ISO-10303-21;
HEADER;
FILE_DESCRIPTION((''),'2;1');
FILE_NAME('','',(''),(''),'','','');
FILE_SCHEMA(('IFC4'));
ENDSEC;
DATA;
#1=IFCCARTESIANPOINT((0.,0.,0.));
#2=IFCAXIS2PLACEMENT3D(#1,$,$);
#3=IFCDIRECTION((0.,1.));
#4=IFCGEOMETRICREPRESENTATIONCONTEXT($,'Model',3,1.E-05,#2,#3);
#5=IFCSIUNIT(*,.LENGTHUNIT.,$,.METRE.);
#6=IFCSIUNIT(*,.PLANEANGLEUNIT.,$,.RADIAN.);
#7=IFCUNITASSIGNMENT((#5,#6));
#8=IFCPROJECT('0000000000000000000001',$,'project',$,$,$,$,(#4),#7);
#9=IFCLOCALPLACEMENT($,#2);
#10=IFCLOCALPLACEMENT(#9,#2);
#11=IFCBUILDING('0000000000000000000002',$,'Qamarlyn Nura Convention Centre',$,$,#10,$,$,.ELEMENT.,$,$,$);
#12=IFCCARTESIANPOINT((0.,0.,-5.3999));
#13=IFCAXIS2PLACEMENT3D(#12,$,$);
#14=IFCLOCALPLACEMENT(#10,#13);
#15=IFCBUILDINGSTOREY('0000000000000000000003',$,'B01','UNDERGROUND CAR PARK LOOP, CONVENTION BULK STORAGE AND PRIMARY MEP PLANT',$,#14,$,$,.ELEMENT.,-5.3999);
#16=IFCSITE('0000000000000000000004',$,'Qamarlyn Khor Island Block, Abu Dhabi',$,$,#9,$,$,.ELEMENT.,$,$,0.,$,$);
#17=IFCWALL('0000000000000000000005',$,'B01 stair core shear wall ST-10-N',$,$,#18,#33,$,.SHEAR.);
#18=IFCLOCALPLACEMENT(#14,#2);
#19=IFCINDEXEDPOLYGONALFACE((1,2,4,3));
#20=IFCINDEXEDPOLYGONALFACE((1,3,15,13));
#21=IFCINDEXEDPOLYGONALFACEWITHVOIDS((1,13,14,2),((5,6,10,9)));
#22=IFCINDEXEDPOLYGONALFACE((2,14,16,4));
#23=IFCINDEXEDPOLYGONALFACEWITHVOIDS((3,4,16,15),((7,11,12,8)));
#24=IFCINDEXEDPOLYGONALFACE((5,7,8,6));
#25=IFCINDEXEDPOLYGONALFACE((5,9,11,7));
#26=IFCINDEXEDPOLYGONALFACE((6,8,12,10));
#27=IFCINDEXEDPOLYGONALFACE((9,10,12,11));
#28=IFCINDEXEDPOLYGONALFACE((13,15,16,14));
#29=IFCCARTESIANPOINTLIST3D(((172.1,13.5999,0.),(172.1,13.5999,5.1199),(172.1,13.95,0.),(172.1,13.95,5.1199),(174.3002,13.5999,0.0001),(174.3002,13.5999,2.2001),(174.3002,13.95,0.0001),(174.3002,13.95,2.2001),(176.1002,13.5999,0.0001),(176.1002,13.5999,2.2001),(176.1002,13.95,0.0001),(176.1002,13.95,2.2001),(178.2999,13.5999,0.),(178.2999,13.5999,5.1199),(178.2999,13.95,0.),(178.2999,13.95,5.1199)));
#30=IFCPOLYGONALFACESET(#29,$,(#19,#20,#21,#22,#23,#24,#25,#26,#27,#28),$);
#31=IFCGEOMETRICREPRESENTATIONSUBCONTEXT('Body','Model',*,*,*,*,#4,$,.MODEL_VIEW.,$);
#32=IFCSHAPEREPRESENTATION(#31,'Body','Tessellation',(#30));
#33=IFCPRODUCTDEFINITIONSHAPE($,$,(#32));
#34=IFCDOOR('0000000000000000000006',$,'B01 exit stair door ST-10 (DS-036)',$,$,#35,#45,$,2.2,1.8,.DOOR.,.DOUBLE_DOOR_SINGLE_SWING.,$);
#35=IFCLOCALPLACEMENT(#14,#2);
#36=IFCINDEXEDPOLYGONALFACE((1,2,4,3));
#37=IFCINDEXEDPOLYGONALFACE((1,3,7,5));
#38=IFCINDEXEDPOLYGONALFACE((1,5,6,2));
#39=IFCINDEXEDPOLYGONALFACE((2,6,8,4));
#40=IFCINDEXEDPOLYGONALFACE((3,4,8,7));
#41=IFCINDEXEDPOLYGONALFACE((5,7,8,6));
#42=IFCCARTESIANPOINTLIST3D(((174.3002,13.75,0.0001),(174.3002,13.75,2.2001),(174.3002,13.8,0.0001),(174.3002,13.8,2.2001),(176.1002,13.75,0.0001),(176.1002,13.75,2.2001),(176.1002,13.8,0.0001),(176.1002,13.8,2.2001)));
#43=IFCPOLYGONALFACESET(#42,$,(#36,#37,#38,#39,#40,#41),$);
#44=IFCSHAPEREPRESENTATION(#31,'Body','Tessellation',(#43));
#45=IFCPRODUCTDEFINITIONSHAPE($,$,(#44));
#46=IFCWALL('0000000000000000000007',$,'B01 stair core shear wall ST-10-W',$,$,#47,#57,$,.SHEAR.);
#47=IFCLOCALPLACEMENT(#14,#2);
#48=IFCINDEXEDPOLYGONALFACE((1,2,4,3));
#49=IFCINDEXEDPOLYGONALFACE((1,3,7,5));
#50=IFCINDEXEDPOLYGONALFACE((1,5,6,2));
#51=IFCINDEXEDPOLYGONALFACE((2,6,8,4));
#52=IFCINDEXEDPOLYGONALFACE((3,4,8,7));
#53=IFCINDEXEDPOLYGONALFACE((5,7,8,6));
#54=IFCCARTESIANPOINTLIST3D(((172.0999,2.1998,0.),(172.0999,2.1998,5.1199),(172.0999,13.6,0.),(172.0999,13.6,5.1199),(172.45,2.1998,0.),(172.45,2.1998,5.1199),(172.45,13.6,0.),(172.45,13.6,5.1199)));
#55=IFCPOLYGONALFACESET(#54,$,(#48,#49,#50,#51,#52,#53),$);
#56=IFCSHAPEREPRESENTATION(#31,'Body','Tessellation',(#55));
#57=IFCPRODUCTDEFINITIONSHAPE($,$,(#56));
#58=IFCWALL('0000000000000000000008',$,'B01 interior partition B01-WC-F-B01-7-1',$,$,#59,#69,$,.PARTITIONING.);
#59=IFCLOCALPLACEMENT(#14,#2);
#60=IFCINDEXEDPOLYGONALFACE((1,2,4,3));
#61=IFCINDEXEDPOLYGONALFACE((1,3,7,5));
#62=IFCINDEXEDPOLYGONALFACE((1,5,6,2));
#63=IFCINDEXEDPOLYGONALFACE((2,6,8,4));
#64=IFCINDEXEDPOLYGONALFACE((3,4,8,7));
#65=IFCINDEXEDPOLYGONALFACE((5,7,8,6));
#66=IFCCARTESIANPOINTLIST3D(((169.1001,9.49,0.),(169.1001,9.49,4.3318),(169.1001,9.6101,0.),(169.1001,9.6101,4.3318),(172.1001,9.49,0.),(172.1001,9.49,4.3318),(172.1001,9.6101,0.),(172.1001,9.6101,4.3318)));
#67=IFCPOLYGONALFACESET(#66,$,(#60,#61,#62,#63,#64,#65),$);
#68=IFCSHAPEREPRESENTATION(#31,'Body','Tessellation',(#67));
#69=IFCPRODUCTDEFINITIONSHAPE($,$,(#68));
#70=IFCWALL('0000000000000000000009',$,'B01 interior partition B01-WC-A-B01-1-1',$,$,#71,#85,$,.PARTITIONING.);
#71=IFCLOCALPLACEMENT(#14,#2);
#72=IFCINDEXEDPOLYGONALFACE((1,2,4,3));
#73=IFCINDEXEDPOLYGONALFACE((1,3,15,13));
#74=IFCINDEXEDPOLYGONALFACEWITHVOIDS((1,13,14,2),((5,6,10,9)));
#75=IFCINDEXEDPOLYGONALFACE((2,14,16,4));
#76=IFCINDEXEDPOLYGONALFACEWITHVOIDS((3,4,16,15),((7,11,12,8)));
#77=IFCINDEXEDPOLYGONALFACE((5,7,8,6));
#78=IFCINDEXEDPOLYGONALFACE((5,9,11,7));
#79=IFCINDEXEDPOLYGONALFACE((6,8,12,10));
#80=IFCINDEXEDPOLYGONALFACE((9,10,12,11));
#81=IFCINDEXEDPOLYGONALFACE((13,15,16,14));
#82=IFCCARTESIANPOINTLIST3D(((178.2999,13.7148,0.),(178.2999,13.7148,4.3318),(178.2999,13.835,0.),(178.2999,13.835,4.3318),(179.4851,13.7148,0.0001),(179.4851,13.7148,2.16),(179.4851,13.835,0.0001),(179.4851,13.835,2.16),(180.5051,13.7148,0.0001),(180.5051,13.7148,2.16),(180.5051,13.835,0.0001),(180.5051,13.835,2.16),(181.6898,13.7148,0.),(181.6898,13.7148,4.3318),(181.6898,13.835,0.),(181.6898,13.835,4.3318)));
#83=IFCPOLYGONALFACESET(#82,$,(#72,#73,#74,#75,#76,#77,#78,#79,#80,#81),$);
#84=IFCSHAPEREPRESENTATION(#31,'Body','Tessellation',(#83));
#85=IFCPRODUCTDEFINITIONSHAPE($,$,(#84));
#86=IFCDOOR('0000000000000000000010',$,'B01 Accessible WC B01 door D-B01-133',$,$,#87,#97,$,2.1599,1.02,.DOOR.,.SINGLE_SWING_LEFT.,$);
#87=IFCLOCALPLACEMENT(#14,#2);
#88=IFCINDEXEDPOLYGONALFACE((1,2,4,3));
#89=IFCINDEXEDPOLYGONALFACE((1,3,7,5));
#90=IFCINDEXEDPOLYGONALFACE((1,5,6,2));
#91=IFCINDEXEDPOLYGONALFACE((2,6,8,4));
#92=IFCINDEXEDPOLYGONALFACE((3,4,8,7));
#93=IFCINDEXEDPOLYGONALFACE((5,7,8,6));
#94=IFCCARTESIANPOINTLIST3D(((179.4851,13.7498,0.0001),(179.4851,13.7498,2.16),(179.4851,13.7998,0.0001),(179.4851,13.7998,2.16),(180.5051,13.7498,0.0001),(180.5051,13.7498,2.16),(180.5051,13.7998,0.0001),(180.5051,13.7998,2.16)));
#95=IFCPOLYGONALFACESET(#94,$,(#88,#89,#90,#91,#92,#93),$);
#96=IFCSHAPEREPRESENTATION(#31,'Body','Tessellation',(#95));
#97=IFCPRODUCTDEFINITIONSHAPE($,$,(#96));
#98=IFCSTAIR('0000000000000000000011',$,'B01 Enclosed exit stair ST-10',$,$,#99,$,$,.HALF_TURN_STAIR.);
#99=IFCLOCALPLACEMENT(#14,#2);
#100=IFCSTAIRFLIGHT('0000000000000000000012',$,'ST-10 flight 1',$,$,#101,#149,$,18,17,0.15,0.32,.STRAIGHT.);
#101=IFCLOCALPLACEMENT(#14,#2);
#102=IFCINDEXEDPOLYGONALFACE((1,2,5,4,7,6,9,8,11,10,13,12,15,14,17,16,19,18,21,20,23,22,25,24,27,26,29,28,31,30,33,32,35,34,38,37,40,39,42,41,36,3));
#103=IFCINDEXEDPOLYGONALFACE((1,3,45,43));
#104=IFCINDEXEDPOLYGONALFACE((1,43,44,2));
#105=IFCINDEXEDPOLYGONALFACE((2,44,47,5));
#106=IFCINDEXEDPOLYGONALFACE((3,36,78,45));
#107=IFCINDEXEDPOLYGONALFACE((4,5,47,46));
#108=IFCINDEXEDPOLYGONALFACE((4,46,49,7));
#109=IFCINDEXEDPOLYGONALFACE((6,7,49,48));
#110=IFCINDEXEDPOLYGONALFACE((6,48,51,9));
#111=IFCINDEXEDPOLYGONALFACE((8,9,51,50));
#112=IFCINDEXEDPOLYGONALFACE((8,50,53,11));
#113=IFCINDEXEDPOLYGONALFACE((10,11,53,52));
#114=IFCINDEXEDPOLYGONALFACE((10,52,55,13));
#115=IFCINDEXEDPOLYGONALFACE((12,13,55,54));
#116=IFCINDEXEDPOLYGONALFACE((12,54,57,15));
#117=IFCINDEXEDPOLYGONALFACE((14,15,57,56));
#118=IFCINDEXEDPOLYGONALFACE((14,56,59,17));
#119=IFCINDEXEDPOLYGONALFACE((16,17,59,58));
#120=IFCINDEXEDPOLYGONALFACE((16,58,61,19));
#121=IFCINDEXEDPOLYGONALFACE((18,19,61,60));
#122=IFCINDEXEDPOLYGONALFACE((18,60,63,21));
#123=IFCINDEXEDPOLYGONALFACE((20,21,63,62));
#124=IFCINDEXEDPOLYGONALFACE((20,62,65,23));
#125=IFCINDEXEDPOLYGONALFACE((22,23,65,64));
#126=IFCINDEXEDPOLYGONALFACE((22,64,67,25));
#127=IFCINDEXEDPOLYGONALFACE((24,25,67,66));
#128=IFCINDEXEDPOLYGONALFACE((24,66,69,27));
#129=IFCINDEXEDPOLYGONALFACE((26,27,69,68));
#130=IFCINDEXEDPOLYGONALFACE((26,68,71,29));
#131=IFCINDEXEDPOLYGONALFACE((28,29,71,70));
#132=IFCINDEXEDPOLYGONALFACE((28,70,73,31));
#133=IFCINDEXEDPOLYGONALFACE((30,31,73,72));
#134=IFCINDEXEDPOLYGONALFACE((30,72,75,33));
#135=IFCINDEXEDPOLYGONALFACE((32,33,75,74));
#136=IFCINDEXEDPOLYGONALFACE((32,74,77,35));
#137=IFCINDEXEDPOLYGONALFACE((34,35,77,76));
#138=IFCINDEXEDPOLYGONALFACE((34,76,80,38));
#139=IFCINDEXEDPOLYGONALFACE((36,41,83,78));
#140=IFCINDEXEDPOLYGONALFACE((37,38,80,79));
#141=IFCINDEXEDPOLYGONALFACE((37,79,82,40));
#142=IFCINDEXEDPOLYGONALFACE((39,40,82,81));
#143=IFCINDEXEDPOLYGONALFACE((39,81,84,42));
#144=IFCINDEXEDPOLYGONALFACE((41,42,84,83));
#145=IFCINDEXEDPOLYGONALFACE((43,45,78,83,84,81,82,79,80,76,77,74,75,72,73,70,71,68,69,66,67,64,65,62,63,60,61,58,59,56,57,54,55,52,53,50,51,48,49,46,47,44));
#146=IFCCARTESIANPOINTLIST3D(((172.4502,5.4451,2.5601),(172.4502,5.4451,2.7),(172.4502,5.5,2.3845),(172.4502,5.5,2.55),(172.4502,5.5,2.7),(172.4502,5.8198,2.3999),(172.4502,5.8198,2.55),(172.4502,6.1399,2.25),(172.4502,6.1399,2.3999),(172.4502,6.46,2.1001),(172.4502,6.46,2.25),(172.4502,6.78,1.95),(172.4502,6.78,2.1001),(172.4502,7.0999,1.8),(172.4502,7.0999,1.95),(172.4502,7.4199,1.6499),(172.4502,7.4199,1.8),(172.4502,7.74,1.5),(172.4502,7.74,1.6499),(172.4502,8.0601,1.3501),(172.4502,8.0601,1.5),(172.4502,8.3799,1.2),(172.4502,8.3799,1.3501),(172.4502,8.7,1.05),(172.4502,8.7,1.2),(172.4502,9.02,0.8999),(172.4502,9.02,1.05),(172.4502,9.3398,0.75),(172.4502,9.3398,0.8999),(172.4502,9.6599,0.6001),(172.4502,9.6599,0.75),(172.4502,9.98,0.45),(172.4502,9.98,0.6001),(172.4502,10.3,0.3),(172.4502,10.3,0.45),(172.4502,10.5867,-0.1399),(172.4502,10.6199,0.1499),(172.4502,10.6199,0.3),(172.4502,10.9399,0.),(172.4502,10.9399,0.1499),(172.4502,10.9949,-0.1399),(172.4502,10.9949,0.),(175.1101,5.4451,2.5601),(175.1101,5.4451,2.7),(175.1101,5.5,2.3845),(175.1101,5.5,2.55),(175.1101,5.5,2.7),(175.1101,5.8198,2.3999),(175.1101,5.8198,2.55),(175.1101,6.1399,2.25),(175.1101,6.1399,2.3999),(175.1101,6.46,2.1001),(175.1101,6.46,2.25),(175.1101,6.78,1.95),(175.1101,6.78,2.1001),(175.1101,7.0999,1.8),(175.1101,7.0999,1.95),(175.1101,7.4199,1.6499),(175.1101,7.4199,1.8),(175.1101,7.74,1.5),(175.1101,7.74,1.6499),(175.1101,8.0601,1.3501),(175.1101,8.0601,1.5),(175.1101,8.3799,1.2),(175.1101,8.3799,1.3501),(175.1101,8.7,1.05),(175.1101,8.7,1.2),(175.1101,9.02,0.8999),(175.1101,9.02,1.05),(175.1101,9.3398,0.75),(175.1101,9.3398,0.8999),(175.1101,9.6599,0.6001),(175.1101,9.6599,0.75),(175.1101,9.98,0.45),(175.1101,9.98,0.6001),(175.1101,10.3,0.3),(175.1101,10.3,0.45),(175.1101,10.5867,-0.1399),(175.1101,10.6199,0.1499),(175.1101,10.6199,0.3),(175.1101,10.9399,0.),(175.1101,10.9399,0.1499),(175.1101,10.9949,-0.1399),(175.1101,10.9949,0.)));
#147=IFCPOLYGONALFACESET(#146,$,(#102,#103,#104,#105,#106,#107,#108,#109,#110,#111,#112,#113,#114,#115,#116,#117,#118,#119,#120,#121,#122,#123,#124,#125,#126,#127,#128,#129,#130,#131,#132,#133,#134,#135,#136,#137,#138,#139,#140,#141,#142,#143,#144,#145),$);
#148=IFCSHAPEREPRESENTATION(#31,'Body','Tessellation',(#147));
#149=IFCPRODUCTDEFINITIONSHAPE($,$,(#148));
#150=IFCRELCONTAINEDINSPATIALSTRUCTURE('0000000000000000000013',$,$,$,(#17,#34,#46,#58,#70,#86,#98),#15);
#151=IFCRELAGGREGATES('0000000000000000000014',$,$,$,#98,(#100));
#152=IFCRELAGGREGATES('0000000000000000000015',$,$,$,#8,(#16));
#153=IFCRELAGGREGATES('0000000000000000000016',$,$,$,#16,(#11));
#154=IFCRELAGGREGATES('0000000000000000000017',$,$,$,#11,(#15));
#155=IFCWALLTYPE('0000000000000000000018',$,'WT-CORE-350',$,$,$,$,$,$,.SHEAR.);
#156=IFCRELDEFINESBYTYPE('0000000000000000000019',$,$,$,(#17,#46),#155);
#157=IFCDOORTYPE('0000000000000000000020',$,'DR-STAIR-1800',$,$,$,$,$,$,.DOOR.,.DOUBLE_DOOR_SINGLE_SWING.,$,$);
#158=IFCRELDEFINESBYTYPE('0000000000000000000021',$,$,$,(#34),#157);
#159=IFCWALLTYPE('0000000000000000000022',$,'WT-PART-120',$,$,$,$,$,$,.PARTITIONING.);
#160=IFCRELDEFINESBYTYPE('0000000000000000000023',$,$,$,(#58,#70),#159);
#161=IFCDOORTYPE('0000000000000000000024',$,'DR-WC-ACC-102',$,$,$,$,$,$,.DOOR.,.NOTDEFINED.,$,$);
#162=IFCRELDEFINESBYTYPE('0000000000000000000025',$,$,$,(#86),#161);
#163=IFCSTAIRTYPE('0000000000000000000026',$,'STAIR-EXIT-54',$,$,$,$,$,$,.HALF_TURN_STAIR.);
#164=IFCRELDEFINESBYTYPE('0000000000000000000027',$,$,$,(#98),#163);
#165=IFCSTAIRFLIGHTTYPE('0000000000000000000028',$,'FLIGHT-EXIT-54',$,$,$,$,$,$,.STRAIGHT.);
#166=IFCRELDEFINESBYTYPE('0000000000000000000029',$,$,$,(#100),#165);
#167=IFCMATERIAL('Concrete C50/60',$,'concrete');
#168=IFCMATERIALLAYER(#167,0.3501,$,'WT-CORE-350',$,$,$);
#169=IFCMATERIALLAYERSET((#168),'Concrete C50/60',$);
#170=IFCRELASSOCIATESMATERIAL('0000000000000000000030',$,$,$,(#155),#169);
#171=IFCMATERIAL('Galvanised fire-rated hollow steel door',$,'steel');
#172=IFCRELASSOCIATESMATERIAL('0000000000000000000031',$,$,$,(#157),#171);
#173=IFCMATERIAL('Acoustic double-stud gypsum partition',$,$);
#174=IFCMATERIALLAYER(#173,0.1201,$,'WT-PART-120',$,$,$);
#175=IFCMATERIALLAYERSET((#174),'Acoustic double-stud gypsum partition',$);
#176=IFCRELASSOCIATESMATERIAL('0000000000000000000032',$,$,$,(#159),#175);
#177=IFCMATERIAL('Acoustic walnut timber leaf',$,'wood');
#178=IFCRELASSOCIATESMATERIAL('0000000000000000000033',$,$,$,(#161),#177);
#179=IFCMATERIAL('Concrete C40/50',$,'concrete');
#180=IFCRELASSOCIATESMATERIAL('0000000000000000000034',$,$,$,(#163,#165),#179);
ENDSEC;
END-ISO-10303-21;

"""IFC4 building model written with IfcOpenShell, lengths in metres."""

from ifc_helpers import new_model, si_unit, direction, frame, frame_2d, origin, place, context, subcontext, project, spatial, polyline, rectangle, outline, extrude, material, layer, layer_set, type_object, element, fill, aggregate, save


model = new_model("IFC4")

# Units and contexts
model_context = context("Model", 3, precision=1e-05, world=origin(), true_north=direction((0.0, 1.0)))
body_context = subcontext(model_context, "Body", "Model", "MODEL_VIEW")
ifc_project = project(units=[si_unit("LENGTHUNIT", "METRE"), si_unit("PLANEANGLEUNIT", "RADIAN")], contexts=[model_context])

# Site, building, storey
site_placement = place(None, origin())
site = spatial("IfcSite", under=ifc_project, at=site_placement, Name="Qamarlyn Khor Island Block, Abu Dhabi", CompositionType="ELEMENT", RefElevation=0.0)
building_placement = place(site_placement, origin())
building = spatial("IfcBuilding", under=site, at=building_placement, Name="Qamarlyn Nura Convention Centre", CompositionType="ELEMENT")
storey_placement = place(building_placement, frame((0.0, 0.0, -5.3999)))
storey = spatial("IfcBuildingStorey", under=building, at=storey_placement, Name="B01", Description="UNDERGROUND CAR PARK LOOP, CONVENTION BULK STORAGE AND PRIMARY MEP PLANT", CompositionType="ELEMENT", Elevation=-5.3999)

# Shared definitions
ifc_material_1 = material(Name="Concrete C40/50", Category="concrete")

# Shared definitions
ifc_material_2 = material(Name="Galvanised fire-rated hollow steel door", Category="steel")

# Wall, opening, door
ifc_material_3 = material(Name="Concrete C50/60", Category="concrete")
ifc_layer_1 = layer(ifc_material_3, 0.3501, Name="WT-CORE-350")
ifc_layer_set_1 = layer_set([ifc_layer_1], Name="Concrete C50/60")
wall_type_1 = type_object("IfcWallType", Name="WT-CORE-350", PredefinedType="SHEAR", material=ifc_layer_set_1)
wall_1_placement = place(storey_placement, frame((178.3, 13.7749, 0.0), z_axis=(0.0, 0.0, 1.0), x_axis=(-1.0, 0.0, 0.0)))
wall_1 = element("IfcWall", 1, at=wall_1_placement, inside=storey, type_object=wall_type_1, Name="B01 stair core shear wall ST-10-N", PredefinedType="SHEAR", context=body_context, shape_type="SweptSolid", body=[
    extrude(rectangle(XDim=6.2, YDim=0.3501, at=frame_2d((3.1001, 0.0))), origin(), (0.0, 0.0, 1.0), 5.1199),
])
opening_1_placement = place(wall_1_placement, frame((2.2, 0.0, 0.0)))
opening_1 = element("IfcOpeningElement", 2, at=opening_1_placement, cuts=wall_1, PredefinedType="OPENING", context=body_context, shape_type="SweptSolid", body=[
    extrude(rectangle(XDim=1.8, YDim=2.2, at=frame_2d((0.8999, 1.1001))), frame((0.0, 0.1851, 0.0), z_axis=(0.0, -1.0, 0.0), x_axis=(1.0, 0.0, 0.0)), (0.0, 0.0, 1.0), 0.3701),
])
door_type_1 = type_object("IfcDoorType", Name="DR-STAIR-1800", OperationType="DOUBLE_DOOR_SINGLE_SWING", PredefinedType="DOOR", material=ifc_material_2)
door_1_placement = place(opening_1_placement, origin())
door_1 = element("IfcDoor", 3, at=door_1_placement, inside=storey, type_object=door_type_1, Name="B01 exit stair door ST-10 (DS-036)", OperationType="DOUBLE_DOOR_SINGLE_SWING", OverallHeight=2.2, OverallWidth=1.8, PredefinedType="DOOR", context=body_context, shape_type="SweptSolid", body=[
    extrude(rectangle(XDim=1.8, YDim=2.2, at=frame_2d((0.8999, 1.1001))), frame((0.0, 0.0249, 0.0), z_axis=(0.0, -1.0, 0.0), x_axis=(1.0, 0.0, 0.0)), (0.0, 0.0, 1.0), 0.05),
])
fill(opening_1, door_1)

# Walls
wall_2_placement = place(storey_placement, frame((172.2749, 13.6001, 0.0), z_axis=(0.0, 0.0, 1.0), x_axis=(0.0, -1.0, 0.0)))
element("IfcWall", 4, at=wall_2_placement, inside=storey, type_object=wall_type_1, Name="B01 stair core shear wall ST-10-W", PredefinedType="SHEAR", context=body_context, shape_type="SweptSolid", body=[
    extrude(rectangle(XDim=11.4001, YDim=0.3501, at=frame_2d((5.7002, 0.0))), origin(), (0.0, 0.0, 1.0), 5.1199),
])
ifc_material_4 = material(Name="Acoustic double-stud gypsum partition")
ifc_layer_2 = layer(ifc_material_4, 0.1201, Name="WT-PART-120")
ifc_layer_set_2 = layer_set([ifc_layer_2], Name="Acoustic double-stud gypsum partition")
wall_type_2 = type_object("IfcWallType", Name="WT-PART-120", PredefinedType="PARTITIONING", material=ifc_layer_set_2)
wall_3_placement = place(storey_placement, frame((172.1001, 9.55, 0.0), z_axis=(0.0, 0.0, 1.0), x_axis=(-1.0, 0.0, 0.0)))
element("IfcWall", 5, at=wall_3_placement, inside=storey, type_object=wall_type_2, Name="B01 interior partition B01-WC-F-B01-7-1", PredefinedType="PARTITIONING", context=body_context, shape_type="SweptSolid", body=[
    extrude(rectangle(XDim=3.0, YDim=0.1201, at=frame_2d((1.5, 0.0))), origin(), (0.0, 0.0, 1.0), 4.3318),
])

# Wall, opening, door
wall_4_placement = place(storey_placement, frame((178.3, 13.7749, 0.0), z_axis=(0.0, 0.0, 1.0), x_axis=(1.0, 0.0, 0.0)))
wall_4 = element("IfcWall", 6, at=wall_4_placement, inside=storey, type_object=wall_type_2, Name="B01 interior partition B01-WC-A-B01-1-1", PredefinedType="PARTITIONING", context=body_context, shape_type="SweptSolid", body=[
    extrude(rectangle(XDim=3.3899, YDim=0.1201, at=frame_2d((1.6948, 0.0))), origin(), (0.0, 0.0, 1.0), 4.3318),
])
opening_2_placement = place(wall_4_placement, frame((1.1851, 0.0, 0.0)))
opening_2 = element("IfcOpeningElement", 7, at=opening_2_placement, cuts=wall_4, PredefinedType="OPENING", context=body_context, shape_type="SweptSolid", body=[
    extrude(rectangle(XDim=1.02, YDim=2.1599, at=frame_2d((0.51, 1.0801))), frame((0.0, 0.0701, 0.0), z_axis=(0.0, -1.0, 0.0), x_axis=(1.0, 0.0, 0.0)), (0.0, 0.0, 1.0), 0.1401),
])
ifc_material_5 = material(Name="Acoustic walnut timber leaf", Category="wood")
door_type_2 = type_object("IfcDoorType", Name="DR-WC-ACC-102", OperationType="NOTDEFINED", PredefinedType="DOOR", material=ifc_material_5)
door_2_placement = place(opening_2_placement, origin())
door_2 = element("IfcDoor", 8, at=door_2_placement, inside=storey, type_object=door_type_2, Name="B01 Accessible WC B01 door D-B01-133", OperationType="SINGLE_SWING_LEFT", OverallHeight=2.1599, OverallWidth=1.02, PredefinedType="DOOR", context=body_context, shape_type="SweptSolid", body=[
    extrude(rectangle(XDim=1.02, YDim=2.1599, at=frame_2d((0.51, 1.0801))), frame((0.0, 0.0249, 0.0), z_axis=(0.0, -1.0, 0.0), x_axis=(1.0, 0.0, 0.0)), (0.0, 0.0, 1.0), 0.05),
])
fill(opening_2, door_2)

# Stair, stair flight
stair_type = type_object("IfcStairType", Name="STAIR-EXIT-54", PredefinedType="HALF_TURN_STAIR", material=ifc_material_1)
stair_placement = place(storey_placement, origin())
stair = element("IfcStair", 9, at=stair_placement, inside=storey, type_object=stair_type, Name="B01 Enclosed exit stair ST-10", PredefinedType="HALF_TURN_STAIR")
stair_flight_type = type_object("IfcStairFlightType", Name="FLIGHT-EXIT-54", PredefinedType="STRAIGHT", material=ifc_material_1)
stair_flight_placement = place(storey_placement, frame((173.78, 10.9399, 0.0), z_axis=(0.0, 0.0, 1.0), x_axis=(0.0, -1.0, 0.0)))
stair_flight = element("IfcStairFlight", 10, at=stair_flight_placement, type_object=stair_flight_type, Name="ST-10 flight 1", NumberOfRisers=18, NumberOfTreads=17, PredefinedType="STRAIGHT", RiserHeight=0.15, TreadLength=0.32, context=body_context, shape_type="SweptSolid", body=[
    extrude(outline(polyline([(-0.0549, 0.0), (0.0, 0.0), (0.0, 0.1499), (0.3201, 0.1499), (0.3201, 0.3), (0.6399, 0.3), (0.6399, 0.45), (0.96, 0.45), (0.96, 0.6001), (1.28, 0.6001), (1.28, 0.75), (1.6001, 0.75), (1.6001, 0.8999), (1.9199, 0.8999), (1.9199, 1.05), (2.24, 1.05), (2.24, 1.2), (2.5601, 1.2), (2.5601, 1.3501), (2.8799, 1.3501), (2.8799, 1.5), (3.2, 1.5), (3.2, 1.6499), (3.52, 1.6499), (3.52, 1.8), (3.8401, 1.8), (3.8401, 1.95), (4.1599, 1.95), (4.1599, 2.1001), (4.48, 2.1001), (4.48, 2.25), (4.8, 2.25), (4.8, 2.3999), (5.1201, 2.3999), (5.1201, 2.55), (5.4399, 2.55), (5.4399, 2.7), (5.4949, 2.7), (5.4949, 2.5601), (5.4399, 2.3845), (0.3533, -0.1399), (-0.0549, -0.1399), (-0.0549, 0.0)])), frame((0.0, 1.3301, 0.0), z_axis=(0.0, -1.0, 0.0), x_axis=(1.0, 0.0, 0.0)), (0.0, 0.0, 1.0), 2.6599),
])
aggregate(stair, [stair_flight])

save(model, "model.ifc")
